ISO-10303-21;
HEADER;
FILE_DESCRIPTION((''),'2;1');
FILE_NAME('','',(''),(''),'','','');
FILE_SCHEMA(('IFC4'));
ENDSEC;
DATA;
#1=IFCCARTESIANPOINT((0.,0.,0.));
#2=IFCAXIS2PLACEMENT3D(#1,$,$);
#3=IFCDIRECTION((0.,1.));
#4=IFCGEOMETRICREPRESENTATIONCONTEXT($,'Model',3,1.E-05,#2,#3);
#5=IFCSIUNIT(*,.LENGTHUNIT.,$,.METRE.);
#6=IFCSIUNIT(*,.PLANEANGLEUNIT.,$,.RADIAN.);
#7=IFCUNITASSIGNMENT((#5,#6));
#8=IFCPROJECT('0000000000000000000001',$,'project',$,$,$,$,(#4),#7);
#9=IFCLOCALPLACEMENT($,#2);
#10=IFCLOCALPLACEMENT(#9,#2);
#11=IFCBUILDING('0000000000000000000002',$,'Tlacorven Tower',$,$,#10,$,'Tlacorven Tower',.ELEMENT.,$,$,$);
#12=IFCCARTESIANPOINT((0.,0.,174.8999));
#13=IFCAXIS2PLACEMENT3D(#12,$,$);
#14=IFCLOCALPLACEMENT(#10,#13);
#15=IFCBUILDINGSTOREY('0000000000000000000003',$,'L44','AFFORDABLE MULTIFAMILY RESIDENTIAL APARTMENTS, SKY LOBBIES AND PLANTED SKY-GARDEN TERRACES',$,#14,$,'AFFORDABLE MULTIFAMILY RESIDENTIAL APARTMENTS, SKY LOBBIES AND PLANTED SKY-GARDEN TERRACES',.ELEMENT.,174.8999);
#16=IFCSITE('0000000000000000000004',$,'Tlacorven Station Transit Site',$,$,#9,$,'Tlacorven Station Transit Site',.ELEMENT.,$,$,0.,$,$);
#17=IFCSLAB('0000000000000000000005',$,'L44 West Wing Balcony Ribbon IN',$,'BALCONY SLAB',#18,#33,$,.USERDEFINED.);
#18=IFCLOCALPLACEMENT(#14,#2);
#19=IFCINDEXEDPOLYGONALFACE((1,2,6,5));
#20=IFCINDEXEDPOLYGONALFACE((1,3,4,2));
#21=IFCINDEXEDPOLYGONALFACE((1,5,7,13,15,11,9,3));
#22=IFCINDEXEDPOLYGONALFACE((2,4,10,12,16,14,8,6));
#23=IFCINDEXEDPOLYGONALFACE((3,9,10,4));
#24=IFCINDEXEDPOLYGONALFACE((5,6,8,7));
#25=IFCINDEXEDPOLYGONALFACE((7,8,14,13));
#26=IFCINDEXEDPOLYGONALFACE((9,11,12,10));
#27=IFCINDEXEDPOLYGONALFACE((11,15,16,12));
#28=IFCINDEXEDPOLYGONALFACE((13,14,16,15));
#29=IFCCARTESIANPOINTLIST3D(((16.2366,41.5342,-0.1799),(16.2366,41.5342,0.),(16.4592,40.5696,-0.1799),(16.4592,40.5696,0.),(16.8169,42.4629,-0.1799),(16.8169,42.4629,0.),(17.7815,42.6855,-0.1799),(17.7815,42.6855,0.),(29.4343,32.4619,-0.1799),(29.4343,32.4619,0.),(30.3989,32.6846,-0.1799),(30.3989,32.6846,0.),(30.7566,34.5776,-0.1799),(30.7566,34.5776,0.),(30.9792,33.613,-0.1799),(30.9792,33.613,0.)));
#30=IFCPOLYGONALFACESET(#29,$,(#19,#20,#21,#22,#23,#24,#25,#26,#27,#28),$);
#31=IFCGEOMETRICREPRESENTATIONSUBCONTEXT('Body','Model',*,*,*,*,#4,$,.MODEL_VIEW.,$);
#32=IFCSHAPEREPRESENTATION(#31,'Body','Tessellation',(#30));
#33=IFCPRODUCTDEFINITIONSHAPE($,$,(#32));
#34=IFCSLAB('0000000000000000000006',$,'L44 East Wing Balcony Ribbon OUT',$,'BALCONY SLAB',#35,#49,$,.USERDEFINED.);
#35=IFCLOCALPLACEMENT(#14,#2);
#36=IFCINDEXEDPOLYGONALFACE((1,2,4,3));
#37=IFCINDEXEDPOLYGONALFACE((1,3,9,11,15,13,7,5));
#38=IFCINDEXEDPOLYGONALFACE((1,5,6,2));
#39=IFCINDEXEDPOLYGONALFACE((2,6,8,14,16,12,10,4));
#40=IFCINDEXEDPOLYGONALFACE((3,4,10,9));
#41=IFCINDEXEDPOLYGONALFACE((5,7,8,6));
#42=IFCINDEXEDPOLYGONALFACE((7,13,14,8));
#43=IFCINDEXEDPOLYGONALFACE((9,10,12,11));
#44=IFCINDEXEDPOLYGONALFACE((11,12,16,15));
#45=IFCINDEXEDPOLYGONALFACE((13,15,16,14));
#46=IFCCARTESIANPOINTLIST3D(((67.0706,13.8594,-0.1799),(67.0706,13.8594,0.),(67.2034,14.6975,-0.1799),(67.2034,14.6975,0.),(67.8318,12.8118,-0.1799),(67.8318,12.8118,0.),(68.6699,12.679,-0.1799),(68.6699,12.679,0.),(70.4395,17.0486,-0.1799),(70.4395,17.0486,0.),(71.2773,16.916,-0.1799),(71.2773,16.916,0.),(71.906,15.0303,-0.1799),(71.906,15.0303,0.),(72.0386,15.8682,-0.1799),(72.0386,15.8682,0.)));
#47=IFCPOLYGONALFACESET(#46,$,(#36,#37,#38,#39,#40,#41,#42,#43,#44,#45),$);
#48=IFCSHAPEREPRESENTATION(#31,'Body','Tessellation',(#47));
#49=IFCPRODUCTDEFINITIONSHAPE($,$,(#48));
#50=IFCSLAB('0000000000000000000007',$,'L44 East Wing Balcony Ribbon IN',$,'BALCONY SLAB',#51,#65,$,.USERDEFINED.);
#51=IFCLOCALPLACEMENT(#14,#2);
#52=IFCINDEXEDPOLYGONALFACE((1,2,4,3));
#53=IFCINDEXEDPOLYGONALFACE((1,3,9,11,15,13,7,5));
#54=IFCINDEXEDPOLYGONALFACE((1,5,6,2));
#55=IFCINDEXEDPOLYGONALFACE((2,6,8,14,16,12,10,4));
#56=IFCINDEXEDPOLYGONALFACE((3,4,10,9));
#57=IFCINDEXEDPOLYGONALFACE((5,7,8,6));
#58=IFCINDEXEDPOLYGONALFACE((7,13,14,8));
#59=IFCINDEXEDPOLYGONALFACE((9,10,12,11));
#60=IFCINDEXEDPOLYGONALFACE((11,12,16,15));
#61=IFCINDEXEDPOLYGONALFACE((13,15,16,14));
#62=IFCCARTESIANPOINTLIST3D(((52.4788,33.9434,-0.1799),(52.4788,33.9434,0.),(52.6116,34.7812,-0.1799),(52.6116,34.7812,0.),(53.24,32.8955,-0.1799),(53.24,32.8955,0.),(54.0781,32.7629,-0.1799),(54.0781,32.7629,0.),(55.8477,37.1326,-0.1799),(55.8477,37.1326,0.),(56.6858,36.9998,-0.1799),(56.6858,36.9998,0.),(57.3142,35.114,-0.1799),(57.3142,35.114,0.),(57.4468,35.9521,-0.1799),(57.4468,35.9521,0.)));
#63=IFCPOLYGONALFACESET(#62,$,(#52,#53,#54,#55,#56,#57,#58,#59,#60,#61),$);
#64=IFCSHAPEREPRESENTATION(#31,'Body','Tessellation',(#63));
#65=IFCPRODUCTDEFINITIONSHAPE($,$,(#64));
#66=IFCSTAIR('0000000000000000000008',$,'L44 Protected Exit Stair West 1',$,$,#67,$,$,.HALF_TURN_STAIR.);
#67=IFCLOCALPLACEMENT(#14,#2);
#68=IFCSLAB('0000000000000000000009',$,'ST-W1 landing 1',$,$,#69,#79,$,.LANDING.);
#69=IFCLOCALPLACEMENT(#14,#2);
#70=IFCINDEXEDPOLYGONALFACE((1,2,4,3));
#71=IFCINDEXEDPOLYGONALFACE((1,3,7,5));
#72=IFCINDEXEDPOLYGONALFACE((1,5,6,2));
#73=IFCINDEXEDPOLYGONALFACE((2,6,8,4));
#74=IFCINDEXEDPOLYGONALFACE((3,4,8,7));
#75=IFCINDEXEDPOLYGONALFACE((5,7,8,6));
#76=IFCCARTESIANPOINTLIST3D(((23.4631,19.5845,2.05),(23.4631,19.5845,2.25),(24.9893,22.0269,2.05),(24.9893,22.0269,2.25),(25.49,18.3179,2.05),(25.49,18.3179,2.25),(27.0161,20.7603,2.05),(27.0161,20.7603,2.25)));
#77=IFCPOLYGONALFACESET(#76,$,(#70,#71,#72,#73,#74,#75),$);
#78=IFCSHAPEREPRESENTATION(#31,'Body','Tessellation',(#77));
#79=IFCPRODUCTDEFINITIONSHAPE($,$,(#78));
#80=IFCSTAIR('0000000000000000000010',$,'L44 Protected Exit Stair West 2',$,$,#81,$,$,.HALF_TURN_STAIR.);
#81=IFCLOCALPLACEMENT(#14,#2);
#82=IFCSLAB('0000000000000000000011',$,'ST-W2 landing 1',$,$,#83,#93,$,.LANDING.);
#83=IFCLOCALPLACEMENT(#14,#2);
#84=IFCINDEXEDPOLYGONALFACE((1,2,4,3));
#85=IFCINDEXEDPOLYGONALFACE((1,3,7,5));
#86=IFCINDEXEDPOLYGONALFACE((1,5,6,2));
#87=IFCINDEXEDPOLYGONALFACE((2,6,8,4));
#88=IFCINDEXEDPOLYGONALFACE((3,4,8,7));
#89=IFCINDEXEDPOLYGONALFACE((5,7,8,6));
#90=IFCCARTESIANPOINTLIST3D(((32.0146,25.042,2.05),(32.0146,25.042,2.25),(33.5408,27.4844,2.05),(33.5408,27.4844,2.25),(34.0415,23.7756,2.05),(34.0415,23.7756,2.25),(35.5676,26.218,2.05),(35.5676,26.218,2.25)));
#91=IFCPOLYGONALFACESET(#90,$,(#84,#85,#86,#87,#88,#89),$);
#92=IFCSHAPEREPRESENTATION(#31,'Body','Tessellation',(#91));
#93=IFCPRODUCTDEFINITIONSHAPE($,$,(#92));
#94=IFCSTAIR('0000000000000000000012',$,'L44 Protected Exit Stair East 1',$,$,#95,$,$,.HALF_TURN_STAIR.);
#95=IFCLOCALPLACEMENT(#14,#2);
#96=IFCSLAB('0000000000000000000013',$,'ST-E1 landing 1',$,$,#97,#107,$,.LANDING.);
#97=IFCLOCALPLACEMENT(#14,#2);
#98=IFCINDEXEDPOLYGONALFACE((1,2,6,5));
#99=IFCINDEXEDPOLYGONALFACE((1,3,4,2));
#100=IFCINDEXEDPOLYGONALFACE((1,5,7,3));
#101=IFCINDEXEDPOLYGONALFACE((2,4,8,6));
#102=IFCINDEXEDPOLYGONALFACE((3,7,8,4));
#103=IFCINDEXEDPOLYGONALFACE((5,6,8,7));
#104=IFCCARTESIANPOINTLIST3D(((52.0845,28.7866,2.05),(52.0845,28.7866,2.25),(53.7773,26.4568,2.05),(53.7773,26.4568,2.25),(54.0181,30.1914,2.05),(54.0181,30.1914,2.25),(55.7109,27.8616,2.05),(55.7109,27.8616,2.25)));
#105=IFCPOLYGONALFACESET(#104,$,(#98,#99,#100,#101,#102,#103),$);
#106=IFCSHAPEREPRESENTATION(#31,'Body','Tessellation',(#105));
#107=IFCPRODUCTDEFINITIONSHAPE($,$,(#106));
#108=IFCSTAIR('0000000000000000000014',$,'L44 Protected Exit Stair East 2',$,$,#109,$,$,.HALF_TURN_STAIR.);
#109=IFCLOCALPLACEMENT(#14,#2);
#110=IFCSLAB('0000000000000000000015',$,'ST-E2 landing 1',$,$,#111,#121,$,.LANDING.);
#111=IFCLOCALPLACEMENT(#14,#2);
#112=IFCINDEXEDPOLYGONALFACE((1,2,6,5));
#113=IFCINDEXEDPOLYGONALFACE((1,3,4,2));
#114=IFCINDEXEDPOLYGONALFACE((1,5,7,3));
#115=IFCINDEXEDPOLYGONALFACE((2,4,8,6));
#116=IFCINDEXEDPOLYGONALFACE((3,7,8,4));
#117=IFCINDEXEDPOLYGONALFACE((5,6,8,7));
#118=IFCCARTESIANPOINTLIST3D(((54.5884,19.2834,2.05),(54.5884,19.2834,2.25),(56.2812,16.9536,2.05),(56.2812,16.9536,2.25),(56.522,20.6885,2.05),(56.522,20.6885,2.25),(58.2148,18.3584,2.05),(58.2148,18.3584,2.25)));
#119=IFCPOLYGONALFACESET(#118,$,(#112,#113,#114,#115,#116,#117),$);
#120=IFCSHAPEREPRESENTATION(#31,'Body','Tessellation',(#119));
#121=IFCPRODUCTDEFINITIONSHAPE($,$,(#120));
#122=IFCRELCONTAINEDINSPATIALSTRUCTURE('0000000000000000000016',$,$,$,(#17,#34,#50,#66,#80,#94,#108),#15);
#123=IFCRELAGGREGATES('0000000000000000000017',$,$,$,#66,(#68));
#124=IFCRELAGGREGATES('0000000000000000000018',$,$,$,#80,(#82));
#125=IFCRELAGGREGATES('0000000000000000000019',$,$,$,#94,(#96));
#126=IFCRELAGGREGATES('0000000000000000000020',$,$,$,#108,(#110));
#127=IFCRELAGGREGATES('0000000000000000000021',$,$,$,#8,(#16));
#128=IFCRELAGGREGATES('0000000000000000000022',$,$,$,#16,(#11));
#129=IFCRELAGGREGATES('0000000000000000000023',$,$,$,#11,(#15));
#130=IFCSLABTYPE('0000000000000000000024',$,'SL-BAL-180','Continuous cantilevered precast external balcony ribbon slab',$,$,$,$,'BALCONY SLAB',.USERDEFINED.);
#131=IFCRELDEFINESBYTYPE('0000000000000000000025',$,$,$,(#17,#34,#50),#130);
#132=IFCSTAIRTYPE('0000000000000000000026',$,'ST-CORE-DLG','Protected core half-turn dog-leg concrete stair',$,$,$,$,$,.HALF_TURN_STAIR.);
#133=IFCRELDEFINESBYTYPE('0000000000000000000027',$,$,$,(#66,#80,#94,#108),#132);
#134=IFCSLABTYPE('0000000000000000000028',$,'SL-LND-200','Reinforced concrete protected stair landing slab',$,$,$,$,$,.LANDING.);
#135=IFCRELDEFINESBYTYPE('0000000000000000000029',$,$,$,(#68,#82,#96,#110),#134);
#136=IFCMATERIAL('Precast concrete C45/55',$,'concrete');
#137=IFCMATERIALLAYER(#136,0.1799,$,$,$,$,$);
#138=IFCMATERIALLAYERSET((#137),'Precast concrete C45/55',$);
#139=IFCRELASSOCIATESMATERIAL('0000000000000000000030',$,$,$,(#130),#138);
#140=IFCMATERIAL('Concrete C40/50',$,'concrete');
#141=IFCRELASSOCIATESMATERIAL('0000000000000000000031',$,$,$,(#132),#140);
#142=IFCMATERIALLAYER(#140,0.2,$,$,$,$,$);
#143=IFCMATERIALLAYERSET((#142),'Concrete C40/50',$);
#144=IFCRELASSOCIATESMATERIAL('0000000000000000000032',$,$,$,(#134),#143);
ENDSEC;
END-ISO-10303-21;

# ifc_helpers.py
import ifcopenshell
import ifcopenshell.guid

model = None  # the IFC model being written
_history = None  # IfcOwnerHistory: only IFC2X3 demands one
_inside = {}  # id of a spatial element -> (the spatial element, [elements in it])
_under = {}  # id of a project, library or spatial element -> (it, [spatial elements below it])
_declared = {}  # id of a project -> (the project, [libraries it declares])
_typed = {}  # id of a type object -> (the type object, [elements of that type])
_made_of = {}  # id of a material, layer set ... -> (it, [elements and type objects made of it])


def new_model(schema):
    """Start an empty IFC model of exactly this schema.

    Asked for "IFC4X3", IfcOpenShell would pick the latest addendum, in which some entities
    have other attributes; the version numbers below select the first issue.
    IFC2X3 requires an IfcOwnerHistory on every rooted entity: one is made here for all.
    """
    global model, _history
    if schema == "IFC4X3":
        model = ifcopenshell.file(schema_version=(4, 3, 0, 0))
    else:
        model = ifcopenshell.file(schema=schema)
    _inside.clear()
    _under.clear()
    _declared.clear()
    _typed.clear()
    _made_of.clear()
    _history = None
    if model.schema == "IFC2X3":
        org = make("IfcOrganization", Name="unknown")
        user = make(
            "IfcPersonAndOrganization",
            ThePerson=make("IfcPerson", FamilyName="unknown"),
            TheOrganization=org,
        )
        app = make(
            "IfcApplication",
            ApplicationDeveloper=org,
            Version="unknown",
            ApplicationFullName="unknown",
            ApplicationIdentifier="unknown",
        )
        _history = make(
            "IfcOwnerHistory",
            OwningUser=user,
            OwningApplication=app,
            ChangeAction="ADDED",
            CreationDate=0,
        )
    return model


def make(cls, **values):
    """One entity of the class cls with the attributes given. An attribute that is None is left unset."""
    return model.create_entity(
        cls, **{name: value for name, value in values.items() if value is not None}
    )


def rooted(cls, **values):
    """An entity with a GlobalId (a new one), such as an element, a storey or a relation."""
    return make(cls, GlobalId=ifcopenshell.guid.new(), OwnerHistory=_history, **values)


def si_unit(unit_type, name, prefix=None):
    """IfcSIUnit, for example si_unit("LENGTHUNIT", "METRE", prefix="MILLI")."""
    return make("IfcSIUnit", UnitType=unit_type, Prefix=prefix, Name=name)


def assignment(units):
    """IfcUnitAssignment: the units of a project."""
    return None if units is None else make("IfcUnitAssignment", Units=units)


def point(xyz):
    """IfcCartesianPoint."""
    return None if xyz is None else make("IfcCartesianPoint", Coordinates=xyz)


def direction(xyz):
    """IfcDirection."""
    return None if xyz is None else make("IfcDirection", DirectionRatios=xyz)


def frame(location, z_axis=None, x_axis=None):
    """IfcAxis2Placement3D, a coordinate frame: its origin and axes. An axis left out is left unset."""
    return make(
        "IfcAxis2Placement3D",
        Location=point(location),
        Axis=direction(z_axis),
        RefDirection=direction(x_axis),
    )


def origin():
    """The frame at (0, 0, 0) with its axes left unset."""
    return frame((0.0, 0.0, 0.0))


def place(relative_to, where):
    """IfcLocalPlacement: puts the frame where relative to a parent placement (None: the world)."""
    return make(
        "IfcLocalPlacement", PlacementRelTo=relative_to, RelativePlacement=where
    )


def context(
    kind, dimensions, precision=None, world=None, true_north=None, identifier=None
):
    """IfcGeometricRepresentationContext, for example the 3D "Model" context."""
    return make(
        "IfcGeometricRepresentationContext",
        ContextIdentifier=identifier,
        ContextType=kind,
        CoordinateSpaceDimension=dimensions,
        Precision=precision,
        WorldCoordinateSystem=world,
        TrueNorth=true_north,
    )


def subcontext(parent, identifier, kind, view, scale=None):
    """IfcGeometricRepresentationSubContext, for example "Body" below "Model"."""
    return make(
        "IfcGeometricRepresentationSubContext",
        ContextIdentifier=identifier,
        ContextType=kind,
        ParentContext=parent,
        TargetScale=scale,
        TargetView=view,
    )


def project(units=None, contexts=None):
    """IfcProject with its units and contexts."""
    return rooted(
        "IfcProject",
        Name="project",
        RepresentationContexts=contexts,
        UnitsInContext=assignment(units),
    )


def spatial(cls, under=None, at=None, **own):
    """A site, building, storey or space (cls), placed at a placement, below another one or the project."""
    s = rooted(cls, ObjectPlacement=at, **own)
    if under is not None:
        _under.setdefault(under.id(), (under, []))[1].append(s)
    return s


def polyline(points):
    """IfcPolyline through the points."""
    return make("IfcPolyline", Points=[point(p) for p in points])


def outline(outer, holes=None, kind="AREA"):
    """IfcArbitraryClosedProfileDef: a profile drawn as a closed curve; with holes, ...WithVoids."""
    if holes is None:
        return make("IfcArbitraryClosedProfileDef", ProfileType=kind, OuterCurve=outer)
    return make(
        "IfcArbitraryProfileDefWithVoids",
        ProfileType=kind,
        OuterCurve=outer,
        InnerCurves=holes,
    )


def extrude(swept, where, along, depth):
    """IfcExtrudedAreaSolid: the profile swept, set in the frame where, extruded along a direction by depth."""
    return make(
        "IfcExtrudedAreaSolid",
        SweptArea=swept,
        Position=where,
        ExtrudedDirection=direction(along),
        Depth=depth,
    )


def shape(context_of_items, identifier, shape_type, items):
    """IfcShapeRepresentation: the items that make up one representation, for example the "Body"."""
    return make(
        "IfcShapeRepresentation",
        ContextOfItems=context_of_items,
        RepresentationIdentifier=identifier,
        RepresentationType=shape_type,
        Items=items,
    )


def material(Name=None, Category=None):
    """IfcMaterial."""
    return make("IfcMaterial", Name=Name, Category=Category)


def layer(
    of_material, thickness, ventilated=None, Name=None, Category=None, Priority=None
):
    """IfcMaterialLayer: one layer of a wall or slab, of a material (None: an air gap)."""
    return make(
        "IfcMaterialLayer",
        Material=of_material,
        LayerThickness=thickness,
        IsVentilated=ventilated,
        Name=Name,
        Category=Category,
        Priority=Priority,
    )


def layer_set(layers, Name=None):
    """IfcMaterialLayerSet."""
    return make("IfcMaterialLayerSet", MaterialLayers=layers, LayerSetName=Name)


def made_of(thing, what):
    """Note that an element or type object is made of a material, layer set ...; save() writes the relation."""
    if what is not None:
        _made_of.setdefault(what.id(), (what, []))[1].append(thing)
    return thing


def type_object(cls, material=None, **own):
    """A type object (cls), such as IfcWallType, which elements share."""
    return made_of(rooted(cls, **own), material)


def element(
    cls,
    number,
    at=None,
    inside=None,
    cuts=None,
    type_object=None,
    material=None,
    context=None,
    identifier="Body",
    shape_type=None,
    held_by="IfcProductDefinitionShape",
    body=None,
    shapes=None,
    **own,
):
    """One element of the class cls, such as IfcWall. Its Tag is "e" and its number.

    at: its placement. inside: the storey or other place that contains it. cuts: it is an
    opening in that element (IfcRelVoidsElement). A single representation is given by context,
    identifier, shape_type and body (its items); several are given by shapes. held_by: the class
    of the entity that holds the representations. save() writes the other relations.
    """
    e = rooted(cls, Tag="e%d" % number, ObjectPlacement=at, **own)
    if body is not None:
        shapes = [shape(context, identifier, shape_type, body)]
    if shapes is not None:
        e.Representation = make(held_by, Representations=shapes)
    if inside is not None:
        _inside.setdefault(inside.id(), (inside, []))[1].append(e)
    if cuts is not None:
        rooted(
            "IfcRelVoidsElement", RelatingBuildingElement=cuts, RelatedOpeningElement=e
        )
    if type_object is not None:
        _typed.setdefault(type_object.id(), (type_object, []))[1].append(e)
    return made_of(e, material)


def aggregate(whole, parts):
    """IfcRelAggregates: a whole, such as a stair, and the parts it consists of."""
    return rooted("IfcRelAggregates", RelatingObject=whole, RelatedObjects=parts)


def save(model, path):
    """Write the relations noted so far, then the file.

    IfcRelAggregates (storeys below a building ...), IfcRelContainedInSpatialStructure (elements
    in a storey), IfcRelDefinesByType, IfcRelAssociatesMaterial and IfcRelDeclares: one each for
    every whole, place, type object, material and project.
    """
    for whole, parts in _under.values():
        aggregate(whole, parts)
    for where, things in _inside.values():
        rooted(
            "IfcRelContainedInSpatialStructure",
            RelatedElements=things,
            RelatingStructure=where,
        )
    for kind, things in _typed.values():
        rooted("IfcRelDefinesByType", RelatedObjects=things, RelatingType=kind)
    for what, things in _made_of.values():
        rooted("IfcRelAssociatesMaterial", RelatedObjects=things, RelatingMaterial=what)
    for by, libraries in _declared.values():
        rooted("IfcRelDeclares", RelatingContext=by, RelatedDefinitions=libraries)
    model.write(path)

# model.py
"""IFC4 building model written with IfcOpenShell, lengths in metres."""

from ifc_helpers import new_model, si_unit, direction, frame, origin, place, context, subcontext, project, spatial, polyline, outline, extrude, material, layer, layer_set, type_object, element, aggregate, save


model = new_model("IFC4")

# Units and contexts
model_context = context("Model", 3, precision=1e-05, world=origin(), true_north=direction((0.0, 1.0)))
body_context = subcontext(model_context, "Body", "Model", "MODEL_VIEW")
ifc_project = project(units=[si_unit("LENGTHUNIT", "METRE"), si_unit("PLANEANGLEUNIT", "RADIAN")], contexts=[model_context])

# Site, building, storey
site_placement = place(None, origin())
site = spatial("IfcSite", under=ifc_project, at=site_placement, Name="Tlacorven Station Transit Site", LongName="Tlacorven Station Transit Site", CompositionType="ELEMENT", RefElevation=0.0)
building_placement = place(site_placement, origin())
building = spatial("IfcBuilding", under=site, at=building_placement, Name="Tlacorven Tower", LongName="Tlacorven Tower", CompositionType="ELEMENT")
storey_placement = place(building_placement, frame((0.0, 0.0, 174.8999)))
storey = spatial("IfcBuildingStorey", under=building, at=storey_placement, Name="L44", Description="AFFORDABLE MULTIFAMILY RESIDENTIAL APARTMENTS, SKY LOBBIES AND PLANTED SKY-GARDEN TERRACES", LongName="AFFORDABLE MULTIFAMILY RESIDENTIAL APARTMENTS, SKY LOBBIES AND PLANTED SKY-GARDEN TERRACES", CompositionType="ELEMENT", Elevation=174.8999)

# Slabs
ifc_material_1 = material(Name="Precast concrete C45/55", Category="concrete")
ifc_layer_1 = layer(ifc_material_1, 0.1799)
ifc_layer_set_1 = layer_set([ifc_layer_1], Name="Precast concrete C45/55")
slab_type_1 = type_object("IfcSlabType", Name="SL-BAL-180", Description="Continuous cantilevered precast external balcony ribbon slab", ElementType="BALCONY SLAB", PredefinedType="USERDEFINED", material=ifc_layer_set_1)
slab_1_placement = place(storey_placement, frame((0.0, 0.0, -0.1799)))
element("IfcSlab", 1, at=slab_1_placement, inside=storey, type_object=slab_type_1, Name="L44 West Wing Balcony Ribbon IN", ObjectType="BALCONY SLAB", PredefinedType="USERDEFINED", context=body_context, shape_type="SweptSolid", body=[
    extrude(outline(polyline([(30.7566, 34.5776), (17.7815, 42.6855), (16.8169, 42.4629), (16.2366, 41.5342), (16.4592, 40.5696), (29.4343, 32.4619), (30.3989, 32.6846), (30.9792, 33.613), (30.7566, 34.5776)])), origin(), (0.0, 0.0, 1.0), 0.1799),
])
slab_2_placement = place(storey_placement, frame((0.0, 0.0, -0.1799)))
element("IfcSlab", 2, at=slab_2_placement, inside=storey, type_object=slab_type_1, Name="L44 East Wing Balcony Ribbon OUT", ObjectType="BALCONY SLAB", PredefinedType="USERDEFINED", context=body_context, shape_type="SweptSolid", body=[
    extrude(outline(polyline([(68.6699, 12.679), (71.906, 15.0303), (72.0386, 15.8682), (71.2773, 16.916), (70.4395, 17.0486), (67.2034, 14.6975), (67.0706, 13.8594), (67.8318, 12.8118), (68.6699, 12.679)])), origin(), (0.0, 0.0, 1.0), 0.1799),
])
slab_3_placement = place(storey_placement, frame((0.0, 0.0, -0.1799)))
element("IfcSlab", 3, at=slab_3_placement, inside=storey, type_object=slab_type_1, Name="L44 East Wing Balcony Ribbon IN", ObjectType="BALCONY SLAB", PredefinedType="USERDEFINED", context=body_context, shape_type="SweptSolid", body=[
    extrude(outline(polyline([(54.0781, 32.7629), (57.3142, 35.114), (57.4468, 35.9521), (56.6858, 36.9998), (55.8477, 37.1326), (52.6116, 34.7812), (52.4788, 33.9434), (53.24, 32.8955), (54.0781, 32.7629)])), origin(), (0.0, 0.0, 1.0), 0.1799),
])

# Stairs, slabs
ifc_material_2 = material(Name="Concrete C40/50", Category="concrete")
stair_type = type_object("IfcStairType", Name="ST-CORE-DLG", Description="Protected core half-turn dog-leg concrete stair", PredefinedType="HALF_TURN_STAIR", material=ifc_material_2)
stair_1_placement = place(storey_placement, origin())
stair_1 = element("IfcStair", 4, at=stair_1_placement, inside=storey, type_object=stair_type, Name="L44 Protected Exit Stair West 1", PredefinedType="HALF_TURN_STAIR")
ifc_layer_2 = layer(ifc_material_2, 0.2)
ifc_layer_set_2 = layer_set([ifc_layer_2], Name="Concrete C40/50")
slab_type_2 = type_object("IfcSlabType", Name="SL-LND-200", Description="Reinforced concrete protected stair landing slab", PredefinedType="LANDING", material=ifc_layer_set_2)
slab_4_placement = place(storey_placement, frame((0.0, 0.0, 2.05)))
slab_4 = element("IfcSlab", 5, at=slab_4_placement, type_object=slab_type_2, Name="ST-W1 landing 1", PredefinedType="LANDING", context=body_context, shape_type="SweptSolid", body=[
    extrude(outline(polyline([(27.0161, 20.7603), (24.9893, 22.0269), (23.4631, 19.5845), (25.49, 18.3179), (27.0161, 20.7603)])), origin(), (0.0, 0.0, 1.0), 0.2),
])
aggregate(stair_1, [slab_4])
stair_2_placement = place(storey_placement, origin())
stair_2 = element("IfcStair", 6, at=stair_2_placement, inside=storey, type_object=stair_type, Name="L44 Protected Exit Stair West 2", PredefinedType="HALF_TURN_STAIR")
slab_5_placement = place(storey_placement, frame((0.0, 0.0, 2.05)))
slab_5 = element("IfcSlab", 7, at=slab_5_placement, type_object=slab_type_2, Name="ST-W2 landing 1", PredefinedType="LANDING", context=body_context, shape_type="SweptSolid", body=[
    extrude(outline(polyline([(35.5676, 26.218), (33.5408, 27.4844), (32.0146, 25.042), (34.0415, 23.7756), (35.5676, 26.218)])), origin(), (0.0, 0.0, 1.0), 0.2),
])
aggregate(stair_2, [slab_5])
stair_3_placement = place(storey_placement, origin())
stair_3 = element("IfcStair", 8, at=stair_3_placement, inside=storey, type_object=stair_type, Name="L44 Protected Exit Stair East 1", PredefinedType="HALF_TURN_STAIR")
slab_6_placement = place(storey_placement, frame((0.0, 0.0, 2.05)))
slab_6 = element("IfcSlab", 9, at=slab_6_placement, type_object=slab_type_2, Name="ST-E1 landing 1", PredefinedType="LANDING", context=body_context, shape_type="SweptSolid", body=[
    extrude(outline(polyline([(53.7773, 26.4568), (55.7109, 27.8616), (54.0181, 30.1914), (52.0845, 28.7866), (53.7773, 26.4568)])), origin(), (0.0, 0.0, 1.0), 0.2),
])
aggregate(stair_3, [slab_6])
stair_4_placement = place(storey_placement, origin())
stair_4 = element("IfcStair", 10, at=stair_4_placement, inside=storey, type_object=stair_type, Name="L44 Protected Exit Stair East 2", PredefinedType="HALF_TURN_STAIR")
slab_7_placement = place(storey_placement, frame((0.0, 0.0, 2.05)))
slab_7 = element("IfcSlab", 11, at=slab_7_placement, type_object=slab_type_2, Name="ST-E2 landing 1", PredefinedType="LANDING", context=body_context, shape_type="SweptSolid", body=[
    extrude(outline(polyline([(56.2812, 16.9536), (58.2148, 18.3584), (56.522, 20.6885), (54.5884, 19.2834), (56.2812, 16.9536)])), origin(), (0.0, 0.0, 1.0), 0.2),
])
aggregate(stair_4, [slab_7])

save(model, "model.ifc")
